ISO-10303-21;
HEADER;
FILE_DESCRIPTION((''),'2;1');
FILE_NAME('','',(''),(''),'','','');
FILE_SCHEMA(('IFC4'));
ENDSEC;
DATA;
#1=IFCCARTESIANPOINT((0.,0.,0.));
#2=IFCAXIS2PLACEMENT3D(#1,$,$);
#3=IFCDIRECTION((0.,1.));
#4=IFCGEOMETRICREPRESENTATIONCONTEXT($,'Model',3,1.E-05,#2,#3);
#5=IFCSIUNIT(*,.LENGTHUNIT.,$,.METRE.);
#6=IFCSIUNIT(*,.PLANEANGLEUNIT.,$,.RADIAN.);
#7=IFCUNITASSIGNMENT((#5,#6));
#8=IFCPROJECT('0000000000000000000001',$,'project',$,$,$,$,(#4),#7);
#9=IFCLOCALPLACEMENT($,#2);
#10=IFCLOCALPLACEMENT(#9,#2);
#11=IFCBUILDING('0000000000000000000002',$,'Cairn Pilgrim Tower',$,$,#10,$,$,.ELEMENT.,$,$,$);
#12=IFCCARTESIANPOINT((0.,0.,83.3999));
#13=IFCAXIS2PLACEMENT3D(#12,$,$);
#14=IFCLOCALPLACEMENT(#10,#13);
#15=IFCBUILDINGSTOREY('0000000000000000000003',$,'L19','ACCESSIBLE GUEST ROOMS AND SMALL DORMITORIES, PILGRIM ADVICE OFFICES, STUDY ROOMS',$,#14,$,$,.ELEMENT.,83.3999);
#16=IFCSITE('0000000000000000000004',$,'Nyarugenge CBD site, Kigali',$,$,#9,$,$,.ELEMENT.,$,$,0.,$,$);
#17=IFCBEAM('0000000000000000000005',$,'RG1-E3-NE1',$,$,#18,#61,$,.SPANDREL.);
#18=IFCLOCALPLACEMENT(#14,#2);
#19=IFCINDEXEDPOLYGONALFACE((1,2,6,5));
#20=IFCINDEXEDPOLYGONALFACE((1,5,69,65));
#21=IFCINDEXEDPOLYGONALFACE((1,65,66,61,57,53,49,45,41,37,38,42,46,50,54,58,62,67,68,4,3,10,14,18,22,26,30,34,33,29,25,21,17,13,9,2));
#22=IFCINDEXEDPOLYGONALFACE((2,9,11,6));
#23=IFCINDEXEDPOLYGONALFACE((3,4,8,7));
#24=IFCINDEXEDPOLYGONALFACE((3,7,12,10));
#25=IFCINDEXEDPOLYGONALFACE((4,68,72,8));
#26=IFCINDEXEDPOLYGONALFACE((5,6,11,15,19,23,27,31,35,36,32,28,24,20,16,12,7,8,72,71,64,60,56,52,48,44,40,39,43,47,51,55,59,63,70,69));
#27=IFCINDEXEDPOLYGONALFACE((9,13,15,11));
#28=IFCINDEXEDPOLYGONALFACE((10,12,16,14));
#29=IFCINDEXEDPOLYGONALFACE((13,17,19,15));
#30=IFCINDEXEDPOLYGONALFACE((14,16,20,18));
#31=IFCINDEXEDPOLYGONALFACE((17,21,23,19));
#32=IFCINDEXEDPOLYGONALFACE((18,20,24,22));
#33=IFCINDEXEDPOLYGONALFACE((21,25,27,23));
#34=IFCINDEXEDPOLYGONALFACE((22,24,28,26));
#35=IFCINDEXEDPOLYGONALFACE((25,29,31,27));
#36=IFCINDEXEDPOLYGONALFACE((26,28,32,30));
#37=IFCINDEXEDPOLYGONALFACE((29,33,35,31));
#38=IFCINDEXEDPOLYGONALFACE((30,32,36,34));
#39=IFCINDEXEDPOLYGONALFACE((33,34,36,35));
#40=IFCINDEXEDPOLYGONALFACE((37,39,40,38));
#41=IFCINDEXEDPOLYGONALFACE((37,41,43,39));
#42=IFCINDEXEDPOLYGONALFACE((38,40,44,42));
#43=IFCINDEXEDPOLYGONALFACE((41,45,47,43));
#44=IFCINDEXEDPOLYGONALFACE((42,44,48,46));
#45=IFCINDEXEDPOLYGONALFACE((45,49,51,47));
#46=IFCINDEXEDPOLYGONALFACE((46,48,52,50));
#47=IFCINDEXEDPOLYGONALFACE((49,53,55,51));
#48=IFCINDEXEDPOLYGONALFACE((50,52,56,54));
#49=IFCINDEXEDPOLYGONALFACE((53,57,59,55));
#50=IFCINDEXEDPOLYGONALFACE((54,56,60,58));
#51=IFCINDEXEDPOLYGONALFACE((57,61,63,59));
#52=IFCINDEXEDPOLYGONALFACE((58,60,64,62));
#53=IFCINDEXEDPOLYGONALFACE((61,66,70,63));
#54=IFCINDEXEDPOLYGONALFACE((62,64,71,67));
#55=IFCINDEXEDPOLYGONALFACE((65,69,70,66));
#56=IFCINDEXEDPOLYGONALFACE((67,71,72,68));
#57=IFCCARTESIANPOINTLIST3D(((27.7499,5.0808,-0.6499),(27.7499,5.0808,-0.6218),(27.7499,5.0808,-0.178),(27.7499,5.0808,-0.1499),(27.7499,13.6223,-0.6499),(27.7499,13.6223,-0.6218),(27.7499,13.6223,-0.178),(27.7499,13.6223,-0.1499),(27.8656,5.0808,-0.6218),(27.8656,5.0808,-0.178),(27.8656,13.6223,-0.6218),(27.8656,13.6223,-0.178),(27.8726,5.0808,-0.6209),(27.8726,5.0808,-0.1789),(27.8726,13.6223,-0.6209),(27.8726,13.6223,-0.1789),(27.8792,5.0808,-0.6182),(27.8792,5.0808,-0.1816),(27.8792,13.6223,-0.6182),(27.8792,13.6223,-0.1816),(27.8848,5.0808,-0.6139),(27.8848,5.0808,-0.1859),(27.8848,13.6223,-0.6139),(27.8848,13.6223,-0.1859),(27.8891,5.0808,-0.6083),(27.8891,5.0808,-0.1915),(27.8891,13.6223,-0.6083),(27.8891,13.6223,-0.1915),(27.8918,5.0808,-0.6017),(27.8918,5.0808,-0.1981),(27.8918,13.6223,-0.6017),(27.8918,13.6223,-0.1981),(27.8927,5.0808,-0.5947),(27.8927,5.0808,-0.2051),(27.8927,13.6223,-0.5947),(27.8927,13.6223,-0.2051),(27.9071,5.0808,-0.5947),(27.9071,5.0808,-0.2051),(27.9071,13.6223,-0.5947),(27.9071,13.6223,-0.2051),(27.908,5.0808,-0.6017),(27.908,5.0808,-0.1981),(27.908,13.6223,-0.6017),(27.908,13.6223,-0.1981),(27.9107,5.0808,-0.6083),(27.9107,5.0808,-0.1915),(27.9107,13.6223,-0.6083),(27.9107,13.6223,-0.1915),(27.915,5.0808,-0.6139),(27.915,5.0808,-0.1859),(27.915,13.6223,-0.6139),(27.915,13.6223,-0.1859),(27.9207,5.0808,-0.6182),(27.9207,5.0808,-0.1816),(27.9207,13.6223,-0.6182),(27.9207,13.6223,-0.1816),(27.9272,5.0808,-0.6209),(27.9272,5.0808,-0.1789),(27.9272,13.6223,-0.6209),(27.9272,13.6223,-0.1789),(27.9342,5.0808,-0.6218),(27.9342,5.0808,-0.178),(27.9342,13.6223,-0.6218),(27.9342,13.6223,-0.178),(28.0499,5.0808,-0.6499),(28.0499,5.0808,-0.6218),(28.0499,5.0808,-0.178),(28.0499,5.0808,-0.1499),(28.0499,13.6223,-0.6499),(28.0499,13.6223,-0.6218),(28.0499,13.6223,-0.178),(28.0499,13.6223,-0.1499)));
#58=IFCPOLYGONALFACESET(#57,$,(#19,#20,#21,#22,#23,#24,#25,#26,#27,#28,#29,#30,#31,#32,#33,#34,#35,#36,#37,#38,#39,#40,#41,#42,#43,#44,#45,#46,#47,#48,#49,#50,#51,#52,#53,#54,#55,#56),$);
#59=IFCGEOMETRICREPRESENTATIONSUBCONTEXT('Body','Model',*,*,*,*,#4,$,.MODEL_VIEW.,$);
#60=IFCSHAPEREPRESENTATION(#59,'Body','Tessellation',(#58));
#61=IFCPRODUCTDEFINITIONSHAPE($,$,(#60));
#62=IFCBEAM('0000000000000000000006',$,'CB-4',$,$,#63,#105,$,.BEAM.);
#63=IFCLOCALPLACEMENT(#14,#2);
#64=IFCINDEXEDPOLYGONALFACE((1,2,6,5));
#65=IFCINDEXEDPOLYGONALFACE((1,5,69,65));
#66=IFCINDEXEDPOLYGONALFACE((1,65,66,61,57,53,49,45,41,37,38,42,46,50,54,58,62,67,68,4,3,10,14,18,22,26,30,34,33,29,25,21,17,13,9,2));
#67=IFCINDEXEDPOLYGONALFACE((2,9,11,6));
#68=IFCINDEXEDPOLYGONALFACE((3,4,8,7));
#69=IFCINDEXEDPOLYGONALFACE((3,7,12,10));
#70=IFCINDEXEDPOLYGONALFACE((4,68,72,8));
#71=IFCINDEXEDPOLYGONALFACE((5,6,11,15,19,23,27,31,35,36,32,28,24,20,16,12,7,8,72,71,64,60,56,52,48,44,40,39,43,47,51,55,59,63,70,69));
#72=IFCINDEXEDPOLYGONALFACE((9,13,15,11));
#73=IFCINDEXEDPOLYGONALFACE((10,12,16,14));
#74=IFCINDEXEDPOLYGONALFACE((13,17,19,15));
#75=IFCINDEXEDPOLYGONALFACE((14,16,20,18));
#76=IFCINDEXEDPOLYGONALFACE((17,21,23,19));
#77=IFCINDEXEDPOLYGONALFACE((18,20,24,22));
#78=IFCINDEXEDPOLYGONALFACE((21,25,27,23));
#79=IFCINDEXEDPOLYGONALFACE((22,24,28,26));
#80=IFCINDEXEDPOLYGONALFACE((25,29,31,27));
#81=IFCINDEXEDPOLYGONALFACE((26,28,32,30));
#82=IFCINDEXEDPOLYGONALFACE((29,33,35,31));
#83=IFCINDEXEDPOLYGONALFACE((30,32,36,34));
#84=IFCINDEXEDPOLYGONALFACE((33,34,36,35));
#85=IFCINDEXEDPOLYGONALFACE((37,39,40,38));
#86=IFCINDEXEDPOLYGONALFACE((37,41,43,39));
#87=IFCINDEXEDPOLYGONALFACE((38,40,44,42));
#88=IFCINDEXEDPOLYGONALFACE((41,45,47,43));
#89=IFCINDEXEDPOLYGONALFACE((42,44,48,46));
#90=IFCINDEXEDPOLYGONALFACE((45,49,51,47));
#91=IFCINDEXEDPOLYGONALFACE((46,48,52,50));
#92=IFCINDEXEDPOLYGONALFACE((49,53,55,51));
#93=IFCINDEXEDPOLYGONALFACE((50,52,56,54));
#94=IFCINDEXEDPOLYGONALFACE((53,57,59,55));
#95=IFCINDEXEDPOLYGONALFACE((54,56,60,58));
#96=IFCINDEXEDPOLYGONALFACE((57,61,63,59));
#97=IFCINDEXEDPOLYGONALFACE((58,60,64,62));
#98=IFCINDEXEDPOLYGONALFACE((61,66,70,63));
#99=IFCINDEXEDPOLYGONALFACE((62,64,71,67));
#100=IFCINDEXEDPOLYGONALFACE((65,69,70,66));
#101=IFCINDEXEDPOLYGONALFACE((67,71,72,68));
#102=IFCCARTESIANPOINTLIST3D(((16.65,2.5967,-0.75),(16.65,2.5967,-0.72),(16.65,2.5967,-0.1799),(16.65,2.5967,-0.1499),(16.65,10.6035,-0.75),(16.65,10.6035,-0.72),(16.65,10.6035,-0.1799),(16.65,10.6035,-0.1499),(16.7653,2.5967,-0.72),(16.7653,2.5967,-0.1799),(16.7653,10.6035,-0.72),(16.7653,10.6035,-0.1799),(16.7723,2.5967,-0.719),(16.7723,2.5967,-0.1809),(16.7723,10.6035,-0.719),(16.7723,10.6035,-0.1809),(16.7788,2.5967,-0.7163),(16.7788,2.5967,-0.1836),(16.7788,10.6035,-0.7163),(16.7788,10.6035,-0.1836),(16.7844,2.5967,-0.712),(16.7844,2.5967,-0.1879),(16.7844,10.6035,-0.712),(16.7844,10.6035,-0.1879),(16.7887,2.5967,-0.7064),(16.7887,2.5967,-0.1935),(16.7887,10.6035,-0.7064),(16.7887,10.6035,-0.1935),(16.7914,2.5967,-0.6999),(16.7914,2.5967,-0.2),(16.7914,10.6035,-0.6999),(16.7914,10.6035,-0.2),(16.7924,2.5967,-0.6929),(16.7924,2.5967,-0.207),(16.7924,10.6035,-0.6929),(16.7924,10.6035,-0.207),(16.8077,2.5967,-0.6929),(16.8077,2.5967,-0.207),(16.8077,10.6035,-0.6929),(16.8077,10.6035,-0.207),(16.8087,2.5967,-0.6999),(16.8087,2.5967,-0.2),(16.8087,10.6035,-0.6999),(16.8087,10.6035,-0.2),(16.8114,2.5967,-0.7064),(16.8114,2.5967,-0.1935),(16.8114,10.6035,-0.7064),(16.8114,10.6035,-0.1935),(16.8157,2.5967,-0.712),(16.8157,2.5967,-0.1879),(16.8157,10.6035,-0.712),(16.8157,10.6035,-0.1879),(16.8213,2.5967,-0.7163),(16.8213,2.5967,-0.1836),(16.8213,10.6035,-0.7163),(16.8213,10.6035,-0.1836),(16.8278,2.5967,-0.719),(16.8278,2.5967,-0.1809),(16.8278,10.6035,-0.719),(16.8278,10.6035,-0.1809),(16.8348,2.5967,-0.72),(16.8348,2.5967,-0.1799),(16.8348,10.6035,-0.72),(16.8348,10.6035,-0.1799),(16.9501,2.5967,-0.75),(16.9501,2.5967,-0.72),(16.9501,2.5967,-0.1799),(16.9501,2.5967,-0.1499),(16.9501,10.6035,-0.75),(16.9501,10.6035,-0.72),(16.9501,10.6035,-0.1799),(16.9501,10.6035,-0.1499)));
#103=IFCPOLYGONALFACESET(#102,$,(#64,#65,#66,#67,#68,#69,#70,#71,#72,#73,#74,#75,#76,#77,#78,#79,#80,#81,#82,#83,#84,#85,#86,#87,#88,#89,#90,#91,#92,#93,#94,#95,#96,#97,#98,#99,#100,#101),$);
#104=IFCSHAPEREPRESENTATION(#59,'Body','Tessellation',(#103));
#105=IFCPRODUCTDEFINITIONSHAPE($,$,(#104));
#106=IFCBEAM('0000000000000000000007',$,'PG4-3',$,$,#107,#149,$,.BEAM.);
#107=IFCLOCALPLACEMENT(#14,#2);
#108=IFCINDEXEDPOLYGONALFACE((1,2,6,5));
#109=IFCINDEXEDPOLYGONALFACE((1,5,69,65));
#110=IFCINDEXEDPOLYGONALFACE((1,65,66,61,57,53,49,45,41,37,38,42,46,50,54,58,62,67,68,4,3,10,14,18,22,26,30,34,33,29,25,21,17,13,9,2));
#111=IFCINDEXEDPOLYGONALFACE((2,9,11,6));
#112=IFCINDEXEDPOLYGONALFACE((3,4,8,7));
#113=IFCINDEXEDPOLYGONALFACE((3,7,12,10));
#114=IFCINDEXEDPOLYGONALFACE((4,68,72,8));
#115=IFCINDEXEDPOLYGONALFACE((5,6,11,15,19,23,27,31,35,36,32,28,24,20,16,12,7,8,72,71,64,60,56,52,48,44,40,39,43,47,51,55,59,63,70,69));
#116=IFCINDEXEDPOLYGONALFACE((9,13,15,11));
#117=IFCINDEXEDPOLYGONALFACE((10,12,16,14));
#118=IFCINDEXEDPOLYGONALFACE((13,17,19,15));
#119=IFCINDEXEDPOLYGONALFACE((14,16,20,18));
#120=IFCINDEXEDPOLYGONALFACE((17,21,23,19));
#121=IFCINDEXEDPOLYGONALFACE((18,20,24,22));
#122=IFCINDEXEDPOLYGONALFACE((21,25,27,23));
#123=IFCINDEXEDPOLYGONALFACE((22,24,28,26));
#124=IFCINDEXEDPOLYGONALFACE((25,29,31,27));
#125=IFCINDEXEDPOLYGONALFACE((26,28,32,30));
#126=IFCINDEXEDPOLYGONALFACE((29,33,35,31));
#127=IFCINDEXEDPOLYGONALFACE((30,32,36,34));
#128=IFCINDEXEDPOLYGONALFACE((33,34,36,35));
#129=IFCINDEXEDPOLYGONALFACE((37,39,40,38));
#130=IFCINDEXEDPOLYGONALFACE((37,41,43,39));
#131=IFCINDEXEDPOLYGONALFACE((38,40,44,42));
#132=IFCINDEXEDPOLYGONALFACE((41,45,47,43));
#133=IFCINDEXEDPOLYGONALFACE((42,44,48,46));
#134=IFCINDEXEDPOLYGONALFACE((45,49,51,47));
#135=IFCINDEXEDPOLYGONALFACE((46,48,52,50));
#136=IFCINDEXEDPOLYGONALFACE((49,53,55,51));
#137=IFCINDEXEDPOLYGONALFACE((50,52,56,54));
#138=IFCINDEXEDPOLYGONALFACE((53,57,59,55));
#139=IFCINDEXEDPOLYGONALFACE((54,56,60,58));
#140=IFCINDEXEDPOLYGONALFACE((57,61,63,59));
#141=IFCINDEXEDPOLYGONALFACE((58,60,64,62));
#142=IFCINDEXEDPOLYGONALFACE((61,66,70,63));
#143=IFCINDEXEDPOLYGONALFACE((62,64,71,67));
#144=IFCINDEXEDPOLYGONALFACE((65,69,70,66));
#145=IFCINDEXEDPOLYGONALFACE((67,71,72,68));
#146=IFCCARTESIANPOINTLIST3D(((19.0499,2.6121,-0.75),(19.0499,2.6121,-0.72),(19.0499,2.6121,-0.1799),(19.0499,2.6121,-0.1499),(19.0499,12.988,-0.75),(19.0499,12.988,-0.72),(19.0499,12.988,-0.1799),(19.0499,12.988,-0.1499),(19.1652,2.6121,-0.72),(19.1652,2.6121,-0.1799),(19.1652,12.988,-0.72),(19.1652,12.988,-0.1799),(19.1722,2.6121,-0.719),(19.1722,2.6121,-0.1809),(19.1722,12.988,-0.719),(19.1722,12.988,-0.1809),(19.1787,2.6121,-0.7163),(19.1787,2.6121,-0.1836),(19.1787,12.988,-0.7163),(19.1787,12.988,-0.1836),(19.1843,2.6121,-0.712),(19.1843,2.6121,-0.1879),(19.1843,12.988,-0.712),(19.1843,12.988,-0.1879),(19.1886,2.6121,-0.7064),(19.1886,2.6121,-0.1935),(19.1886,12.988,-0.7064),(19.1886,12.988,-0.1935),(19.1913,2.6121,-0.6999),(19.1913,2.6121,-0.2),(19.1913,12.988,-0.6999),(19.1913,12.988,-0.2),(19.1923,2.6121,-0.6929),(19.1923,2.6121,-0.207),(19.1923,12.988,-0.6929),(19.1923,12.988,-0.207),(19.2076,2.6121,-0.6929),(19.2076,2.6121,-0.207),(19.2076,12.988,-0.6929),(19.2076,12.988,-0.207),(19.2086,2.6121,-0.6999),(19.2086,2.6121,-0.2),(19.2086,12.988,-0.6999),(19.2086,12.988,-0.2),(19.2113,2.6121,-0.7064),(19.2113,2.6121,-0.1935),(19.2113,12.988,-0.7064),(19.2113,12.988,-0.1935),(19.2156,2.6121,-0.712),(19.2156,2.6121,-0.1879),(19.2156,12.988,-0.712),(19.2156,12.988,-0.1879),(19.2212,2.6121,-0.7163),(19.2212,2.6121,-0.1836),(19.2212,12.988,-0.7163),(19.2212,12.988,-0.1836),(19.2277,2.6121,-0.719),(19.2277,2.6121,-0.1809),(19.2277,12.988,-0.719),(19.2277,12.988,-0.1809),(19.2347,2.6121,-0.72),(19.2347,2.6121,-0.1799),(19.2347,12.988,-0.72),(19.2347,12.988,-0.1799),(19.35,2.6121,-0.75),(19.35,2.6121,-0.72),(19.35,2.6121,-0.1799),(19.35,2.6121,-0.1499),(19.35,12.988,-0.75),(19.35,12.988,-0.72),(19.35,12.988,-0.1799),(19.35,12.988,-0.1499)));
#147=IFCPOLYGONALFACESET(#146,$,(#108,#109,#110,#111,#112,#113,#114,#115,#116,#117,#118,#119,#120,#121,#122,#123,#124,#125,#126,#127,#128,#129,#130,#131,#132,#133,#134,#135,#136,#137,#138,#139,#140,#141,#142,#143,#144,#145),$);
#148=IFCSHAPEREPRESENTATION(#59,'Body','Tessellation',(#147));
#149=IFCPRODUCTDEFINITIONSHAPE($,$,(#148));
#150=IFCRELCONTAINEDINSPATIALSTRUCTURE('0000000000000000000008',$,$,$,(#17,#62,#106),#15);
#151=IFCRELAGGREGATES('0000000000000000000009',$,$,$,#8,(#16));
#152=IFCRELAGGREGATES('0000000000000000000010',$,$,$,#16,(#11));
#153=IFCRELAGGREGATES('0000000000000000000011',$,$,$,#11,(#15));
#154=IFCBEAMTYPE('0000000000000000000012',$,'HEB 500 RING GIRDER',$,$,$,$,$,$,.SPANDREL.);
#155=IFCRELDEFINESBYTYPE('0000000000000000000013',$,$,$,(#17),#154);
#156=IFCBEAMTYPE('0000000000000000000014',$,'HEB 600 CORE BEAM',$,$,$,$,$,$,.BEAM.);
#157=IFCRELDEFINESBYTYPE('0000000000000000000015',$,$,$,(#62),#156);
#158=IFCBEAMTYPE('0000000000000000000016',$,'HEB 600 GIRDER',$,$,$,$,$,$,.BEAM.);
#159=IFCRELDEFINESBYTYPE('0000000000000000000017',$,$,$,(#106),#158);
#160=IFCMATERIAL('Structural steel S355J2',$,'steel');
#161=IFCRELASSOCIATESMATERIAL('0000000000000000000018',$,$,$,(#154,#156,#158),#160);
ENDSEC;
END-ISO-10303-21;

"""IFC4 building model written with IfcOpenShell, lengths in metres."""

from ifc_helpers import new_model, si_unit, direction, frame, origin, origin_2d, place, context, subcontext, project, spatial, i_section, extrude, material, material_profile, profile_set, type_object, element, save


model = new_model("IFC4")

# Units and contexts
model_context = context("Model", 3, precision=1e-05, world=origin(), true_north=direction((0.0, 1.0)))
body_context = subcontext(model_context, "Body", "Model", "MODEL_VIEW")
ifc_project = project(units=[si_unit("LENGTHUNIT", "METRE"), si_unit("PLANEANGLEUNIT", "RADIAN")], contexts=[model_context])

# Site, building, storey
site_placement = place(None, origin())
site = spatial("IfcSite", under=ifc_project, at=site_placement, Name="Nyarugenge CBD site, Kigali", CompositionType="ELEMENT", RefElevation=0.0)
building_placement = place(site_placement, origin())
building = spatial("IfcBuilding", under=site, at=building_placement, Name="Cairn Pilgrim Tower", CompositionType="ELEMENT")
storey_placement = place(building_placement, frame((0.0, 0.0, 83.3999)))
storey = spatial("IfcBuildingStorey", under=building, at=storey_placement, Name="L19", Description="ACCESSIBLE GUEST ROOMS AND SMALL DORMITORIES, PILGRIM ADVICE OFFICES, STUDY ROOMS", CompositionType="ELEMENT", Elevation=83.3999)

# Beams
ifc_material_1 = material(Name="Structural steel S355J2", Category="steel")
ifc_material_profile_1 = material_profile(ifc_material_1, i_section(OverallWidth=0.3, OverallDepth=0.5, WebThickness=0.0144, FlangeThickness=0.0281, FilletRadius=0.0271, at=origin_2d()), Name="HEB 500")
ifc_profile_set_1 = profile_set([ifc_material_profile_1], Name="Structural steel S355J2")
beam_type_1 = type_object("IfcBeamType", Name="HEB 500 RING GIRDER", PredefinedType="SPANDREL", material=ifc_profile_set_1)
beam_1_placement = place(storey_placement, frame((27.8999, 5.0808, -0.3999), z_axis=(0.0, 1.0, 0.0), x_axis=(-1.0, 0.0, 0.0)))
element("IfcBeam", 1, at=beam_1_placement, inside=storey, type_object=beam_type_1, Name="RG1-E3-NE1", PredefinedType="SPANDREL", context=body_context, shape_type="SweptSolid", body=[
    extrude(i_section(OverallWidth=0.3, OverallDepth=0.5, WebThickness=0.0144, FlangeThickness=0.0281, FilletRadius=0.0271, at=origin_2d()), origin(), (0.0, 0.0, 1.0), 8.5415),
])
ifc_material_profile_2 = material_profile(ifc_material_1, i_section(OverallWidth=0.3, OverallDepth=0.6001, WebThickness=0.0154, FlangeThickness=0.03, FilletRadius=0.0271, at=origin_2d()), Name="HEB 600")
ifc_profile_set_2 = profile_set([ifc_material_profile_2], Name="Structural steel S355J2")
beam_type_2 = type_object("IfcBeamType", Name="HEB 600 CORE BEAM", PredefinedType="BEAM", material=ifc_profile_set_2)
beam_2_placement = place(storey_placement, frame((16.8, 2.5967, -0.45), z_axis=(0.0, 1.0, 0.0), x_axis=(-1.0, 0.0, 0.0)))
element("IfcBeam", 2, at=beam_2_placement, inside=storey, type_object=beam_type_2, Name="CB-4", PredefinedType="BEAM", context=body_context, shape_type="SweptSolid", body=[
    extrude(i_section(OverallWidth=0.3, OverallDepth=0.6001, WebThickness=0.0154, FlangeThickness=0.03, FilletRadius=0.0271, at=origin_2d()), origin(), (0.0, 0.0, 1.0), 8.0068),
])
ifc_material_profile_3 = material_profile(ifc_material_1, i_section(OverallWidth=0.3, OverallDepth=0.6001, WebThickness=0.0154, FlangeThickness=0.03, FilletRadius=0.0271, at=origin_2d()), Name="HEB 600")
ifc_profile_set_3 = profile_set([ifc_material_profile_3], Name="Structural steel S355J2")
beam_type_3 = type_object("IfcBeamType", Name="HEB 600 GIRDER", PredefinedType="BEAM", material=ifc_profile_set_3)
beam_3_placement = place(storey_placement, frame((19.2, 2.6121, -0.45), z_axis=(0.0, 1.0, 0.0), x_axis=(-1.0, 0.0, 0.0)))
element("IfcBeam", 3, at=beam_3_placement, inside=storey, type_object=beam_type_3, Name="PG4-3", PredefinedType="BEAM", context=body_context, shape_type="SweptSolid", body=[
    extrude(i_section(OverallWidth=0.3, OverallDepth=0.6001, WebThickness=0.0154, FlangeThickness=0.03, FilletRadius=0.0271, at=origin_2d()), origin(), (0.0, 0.0, 1.0), 10.376),
])

save(model, "model.ifc")
